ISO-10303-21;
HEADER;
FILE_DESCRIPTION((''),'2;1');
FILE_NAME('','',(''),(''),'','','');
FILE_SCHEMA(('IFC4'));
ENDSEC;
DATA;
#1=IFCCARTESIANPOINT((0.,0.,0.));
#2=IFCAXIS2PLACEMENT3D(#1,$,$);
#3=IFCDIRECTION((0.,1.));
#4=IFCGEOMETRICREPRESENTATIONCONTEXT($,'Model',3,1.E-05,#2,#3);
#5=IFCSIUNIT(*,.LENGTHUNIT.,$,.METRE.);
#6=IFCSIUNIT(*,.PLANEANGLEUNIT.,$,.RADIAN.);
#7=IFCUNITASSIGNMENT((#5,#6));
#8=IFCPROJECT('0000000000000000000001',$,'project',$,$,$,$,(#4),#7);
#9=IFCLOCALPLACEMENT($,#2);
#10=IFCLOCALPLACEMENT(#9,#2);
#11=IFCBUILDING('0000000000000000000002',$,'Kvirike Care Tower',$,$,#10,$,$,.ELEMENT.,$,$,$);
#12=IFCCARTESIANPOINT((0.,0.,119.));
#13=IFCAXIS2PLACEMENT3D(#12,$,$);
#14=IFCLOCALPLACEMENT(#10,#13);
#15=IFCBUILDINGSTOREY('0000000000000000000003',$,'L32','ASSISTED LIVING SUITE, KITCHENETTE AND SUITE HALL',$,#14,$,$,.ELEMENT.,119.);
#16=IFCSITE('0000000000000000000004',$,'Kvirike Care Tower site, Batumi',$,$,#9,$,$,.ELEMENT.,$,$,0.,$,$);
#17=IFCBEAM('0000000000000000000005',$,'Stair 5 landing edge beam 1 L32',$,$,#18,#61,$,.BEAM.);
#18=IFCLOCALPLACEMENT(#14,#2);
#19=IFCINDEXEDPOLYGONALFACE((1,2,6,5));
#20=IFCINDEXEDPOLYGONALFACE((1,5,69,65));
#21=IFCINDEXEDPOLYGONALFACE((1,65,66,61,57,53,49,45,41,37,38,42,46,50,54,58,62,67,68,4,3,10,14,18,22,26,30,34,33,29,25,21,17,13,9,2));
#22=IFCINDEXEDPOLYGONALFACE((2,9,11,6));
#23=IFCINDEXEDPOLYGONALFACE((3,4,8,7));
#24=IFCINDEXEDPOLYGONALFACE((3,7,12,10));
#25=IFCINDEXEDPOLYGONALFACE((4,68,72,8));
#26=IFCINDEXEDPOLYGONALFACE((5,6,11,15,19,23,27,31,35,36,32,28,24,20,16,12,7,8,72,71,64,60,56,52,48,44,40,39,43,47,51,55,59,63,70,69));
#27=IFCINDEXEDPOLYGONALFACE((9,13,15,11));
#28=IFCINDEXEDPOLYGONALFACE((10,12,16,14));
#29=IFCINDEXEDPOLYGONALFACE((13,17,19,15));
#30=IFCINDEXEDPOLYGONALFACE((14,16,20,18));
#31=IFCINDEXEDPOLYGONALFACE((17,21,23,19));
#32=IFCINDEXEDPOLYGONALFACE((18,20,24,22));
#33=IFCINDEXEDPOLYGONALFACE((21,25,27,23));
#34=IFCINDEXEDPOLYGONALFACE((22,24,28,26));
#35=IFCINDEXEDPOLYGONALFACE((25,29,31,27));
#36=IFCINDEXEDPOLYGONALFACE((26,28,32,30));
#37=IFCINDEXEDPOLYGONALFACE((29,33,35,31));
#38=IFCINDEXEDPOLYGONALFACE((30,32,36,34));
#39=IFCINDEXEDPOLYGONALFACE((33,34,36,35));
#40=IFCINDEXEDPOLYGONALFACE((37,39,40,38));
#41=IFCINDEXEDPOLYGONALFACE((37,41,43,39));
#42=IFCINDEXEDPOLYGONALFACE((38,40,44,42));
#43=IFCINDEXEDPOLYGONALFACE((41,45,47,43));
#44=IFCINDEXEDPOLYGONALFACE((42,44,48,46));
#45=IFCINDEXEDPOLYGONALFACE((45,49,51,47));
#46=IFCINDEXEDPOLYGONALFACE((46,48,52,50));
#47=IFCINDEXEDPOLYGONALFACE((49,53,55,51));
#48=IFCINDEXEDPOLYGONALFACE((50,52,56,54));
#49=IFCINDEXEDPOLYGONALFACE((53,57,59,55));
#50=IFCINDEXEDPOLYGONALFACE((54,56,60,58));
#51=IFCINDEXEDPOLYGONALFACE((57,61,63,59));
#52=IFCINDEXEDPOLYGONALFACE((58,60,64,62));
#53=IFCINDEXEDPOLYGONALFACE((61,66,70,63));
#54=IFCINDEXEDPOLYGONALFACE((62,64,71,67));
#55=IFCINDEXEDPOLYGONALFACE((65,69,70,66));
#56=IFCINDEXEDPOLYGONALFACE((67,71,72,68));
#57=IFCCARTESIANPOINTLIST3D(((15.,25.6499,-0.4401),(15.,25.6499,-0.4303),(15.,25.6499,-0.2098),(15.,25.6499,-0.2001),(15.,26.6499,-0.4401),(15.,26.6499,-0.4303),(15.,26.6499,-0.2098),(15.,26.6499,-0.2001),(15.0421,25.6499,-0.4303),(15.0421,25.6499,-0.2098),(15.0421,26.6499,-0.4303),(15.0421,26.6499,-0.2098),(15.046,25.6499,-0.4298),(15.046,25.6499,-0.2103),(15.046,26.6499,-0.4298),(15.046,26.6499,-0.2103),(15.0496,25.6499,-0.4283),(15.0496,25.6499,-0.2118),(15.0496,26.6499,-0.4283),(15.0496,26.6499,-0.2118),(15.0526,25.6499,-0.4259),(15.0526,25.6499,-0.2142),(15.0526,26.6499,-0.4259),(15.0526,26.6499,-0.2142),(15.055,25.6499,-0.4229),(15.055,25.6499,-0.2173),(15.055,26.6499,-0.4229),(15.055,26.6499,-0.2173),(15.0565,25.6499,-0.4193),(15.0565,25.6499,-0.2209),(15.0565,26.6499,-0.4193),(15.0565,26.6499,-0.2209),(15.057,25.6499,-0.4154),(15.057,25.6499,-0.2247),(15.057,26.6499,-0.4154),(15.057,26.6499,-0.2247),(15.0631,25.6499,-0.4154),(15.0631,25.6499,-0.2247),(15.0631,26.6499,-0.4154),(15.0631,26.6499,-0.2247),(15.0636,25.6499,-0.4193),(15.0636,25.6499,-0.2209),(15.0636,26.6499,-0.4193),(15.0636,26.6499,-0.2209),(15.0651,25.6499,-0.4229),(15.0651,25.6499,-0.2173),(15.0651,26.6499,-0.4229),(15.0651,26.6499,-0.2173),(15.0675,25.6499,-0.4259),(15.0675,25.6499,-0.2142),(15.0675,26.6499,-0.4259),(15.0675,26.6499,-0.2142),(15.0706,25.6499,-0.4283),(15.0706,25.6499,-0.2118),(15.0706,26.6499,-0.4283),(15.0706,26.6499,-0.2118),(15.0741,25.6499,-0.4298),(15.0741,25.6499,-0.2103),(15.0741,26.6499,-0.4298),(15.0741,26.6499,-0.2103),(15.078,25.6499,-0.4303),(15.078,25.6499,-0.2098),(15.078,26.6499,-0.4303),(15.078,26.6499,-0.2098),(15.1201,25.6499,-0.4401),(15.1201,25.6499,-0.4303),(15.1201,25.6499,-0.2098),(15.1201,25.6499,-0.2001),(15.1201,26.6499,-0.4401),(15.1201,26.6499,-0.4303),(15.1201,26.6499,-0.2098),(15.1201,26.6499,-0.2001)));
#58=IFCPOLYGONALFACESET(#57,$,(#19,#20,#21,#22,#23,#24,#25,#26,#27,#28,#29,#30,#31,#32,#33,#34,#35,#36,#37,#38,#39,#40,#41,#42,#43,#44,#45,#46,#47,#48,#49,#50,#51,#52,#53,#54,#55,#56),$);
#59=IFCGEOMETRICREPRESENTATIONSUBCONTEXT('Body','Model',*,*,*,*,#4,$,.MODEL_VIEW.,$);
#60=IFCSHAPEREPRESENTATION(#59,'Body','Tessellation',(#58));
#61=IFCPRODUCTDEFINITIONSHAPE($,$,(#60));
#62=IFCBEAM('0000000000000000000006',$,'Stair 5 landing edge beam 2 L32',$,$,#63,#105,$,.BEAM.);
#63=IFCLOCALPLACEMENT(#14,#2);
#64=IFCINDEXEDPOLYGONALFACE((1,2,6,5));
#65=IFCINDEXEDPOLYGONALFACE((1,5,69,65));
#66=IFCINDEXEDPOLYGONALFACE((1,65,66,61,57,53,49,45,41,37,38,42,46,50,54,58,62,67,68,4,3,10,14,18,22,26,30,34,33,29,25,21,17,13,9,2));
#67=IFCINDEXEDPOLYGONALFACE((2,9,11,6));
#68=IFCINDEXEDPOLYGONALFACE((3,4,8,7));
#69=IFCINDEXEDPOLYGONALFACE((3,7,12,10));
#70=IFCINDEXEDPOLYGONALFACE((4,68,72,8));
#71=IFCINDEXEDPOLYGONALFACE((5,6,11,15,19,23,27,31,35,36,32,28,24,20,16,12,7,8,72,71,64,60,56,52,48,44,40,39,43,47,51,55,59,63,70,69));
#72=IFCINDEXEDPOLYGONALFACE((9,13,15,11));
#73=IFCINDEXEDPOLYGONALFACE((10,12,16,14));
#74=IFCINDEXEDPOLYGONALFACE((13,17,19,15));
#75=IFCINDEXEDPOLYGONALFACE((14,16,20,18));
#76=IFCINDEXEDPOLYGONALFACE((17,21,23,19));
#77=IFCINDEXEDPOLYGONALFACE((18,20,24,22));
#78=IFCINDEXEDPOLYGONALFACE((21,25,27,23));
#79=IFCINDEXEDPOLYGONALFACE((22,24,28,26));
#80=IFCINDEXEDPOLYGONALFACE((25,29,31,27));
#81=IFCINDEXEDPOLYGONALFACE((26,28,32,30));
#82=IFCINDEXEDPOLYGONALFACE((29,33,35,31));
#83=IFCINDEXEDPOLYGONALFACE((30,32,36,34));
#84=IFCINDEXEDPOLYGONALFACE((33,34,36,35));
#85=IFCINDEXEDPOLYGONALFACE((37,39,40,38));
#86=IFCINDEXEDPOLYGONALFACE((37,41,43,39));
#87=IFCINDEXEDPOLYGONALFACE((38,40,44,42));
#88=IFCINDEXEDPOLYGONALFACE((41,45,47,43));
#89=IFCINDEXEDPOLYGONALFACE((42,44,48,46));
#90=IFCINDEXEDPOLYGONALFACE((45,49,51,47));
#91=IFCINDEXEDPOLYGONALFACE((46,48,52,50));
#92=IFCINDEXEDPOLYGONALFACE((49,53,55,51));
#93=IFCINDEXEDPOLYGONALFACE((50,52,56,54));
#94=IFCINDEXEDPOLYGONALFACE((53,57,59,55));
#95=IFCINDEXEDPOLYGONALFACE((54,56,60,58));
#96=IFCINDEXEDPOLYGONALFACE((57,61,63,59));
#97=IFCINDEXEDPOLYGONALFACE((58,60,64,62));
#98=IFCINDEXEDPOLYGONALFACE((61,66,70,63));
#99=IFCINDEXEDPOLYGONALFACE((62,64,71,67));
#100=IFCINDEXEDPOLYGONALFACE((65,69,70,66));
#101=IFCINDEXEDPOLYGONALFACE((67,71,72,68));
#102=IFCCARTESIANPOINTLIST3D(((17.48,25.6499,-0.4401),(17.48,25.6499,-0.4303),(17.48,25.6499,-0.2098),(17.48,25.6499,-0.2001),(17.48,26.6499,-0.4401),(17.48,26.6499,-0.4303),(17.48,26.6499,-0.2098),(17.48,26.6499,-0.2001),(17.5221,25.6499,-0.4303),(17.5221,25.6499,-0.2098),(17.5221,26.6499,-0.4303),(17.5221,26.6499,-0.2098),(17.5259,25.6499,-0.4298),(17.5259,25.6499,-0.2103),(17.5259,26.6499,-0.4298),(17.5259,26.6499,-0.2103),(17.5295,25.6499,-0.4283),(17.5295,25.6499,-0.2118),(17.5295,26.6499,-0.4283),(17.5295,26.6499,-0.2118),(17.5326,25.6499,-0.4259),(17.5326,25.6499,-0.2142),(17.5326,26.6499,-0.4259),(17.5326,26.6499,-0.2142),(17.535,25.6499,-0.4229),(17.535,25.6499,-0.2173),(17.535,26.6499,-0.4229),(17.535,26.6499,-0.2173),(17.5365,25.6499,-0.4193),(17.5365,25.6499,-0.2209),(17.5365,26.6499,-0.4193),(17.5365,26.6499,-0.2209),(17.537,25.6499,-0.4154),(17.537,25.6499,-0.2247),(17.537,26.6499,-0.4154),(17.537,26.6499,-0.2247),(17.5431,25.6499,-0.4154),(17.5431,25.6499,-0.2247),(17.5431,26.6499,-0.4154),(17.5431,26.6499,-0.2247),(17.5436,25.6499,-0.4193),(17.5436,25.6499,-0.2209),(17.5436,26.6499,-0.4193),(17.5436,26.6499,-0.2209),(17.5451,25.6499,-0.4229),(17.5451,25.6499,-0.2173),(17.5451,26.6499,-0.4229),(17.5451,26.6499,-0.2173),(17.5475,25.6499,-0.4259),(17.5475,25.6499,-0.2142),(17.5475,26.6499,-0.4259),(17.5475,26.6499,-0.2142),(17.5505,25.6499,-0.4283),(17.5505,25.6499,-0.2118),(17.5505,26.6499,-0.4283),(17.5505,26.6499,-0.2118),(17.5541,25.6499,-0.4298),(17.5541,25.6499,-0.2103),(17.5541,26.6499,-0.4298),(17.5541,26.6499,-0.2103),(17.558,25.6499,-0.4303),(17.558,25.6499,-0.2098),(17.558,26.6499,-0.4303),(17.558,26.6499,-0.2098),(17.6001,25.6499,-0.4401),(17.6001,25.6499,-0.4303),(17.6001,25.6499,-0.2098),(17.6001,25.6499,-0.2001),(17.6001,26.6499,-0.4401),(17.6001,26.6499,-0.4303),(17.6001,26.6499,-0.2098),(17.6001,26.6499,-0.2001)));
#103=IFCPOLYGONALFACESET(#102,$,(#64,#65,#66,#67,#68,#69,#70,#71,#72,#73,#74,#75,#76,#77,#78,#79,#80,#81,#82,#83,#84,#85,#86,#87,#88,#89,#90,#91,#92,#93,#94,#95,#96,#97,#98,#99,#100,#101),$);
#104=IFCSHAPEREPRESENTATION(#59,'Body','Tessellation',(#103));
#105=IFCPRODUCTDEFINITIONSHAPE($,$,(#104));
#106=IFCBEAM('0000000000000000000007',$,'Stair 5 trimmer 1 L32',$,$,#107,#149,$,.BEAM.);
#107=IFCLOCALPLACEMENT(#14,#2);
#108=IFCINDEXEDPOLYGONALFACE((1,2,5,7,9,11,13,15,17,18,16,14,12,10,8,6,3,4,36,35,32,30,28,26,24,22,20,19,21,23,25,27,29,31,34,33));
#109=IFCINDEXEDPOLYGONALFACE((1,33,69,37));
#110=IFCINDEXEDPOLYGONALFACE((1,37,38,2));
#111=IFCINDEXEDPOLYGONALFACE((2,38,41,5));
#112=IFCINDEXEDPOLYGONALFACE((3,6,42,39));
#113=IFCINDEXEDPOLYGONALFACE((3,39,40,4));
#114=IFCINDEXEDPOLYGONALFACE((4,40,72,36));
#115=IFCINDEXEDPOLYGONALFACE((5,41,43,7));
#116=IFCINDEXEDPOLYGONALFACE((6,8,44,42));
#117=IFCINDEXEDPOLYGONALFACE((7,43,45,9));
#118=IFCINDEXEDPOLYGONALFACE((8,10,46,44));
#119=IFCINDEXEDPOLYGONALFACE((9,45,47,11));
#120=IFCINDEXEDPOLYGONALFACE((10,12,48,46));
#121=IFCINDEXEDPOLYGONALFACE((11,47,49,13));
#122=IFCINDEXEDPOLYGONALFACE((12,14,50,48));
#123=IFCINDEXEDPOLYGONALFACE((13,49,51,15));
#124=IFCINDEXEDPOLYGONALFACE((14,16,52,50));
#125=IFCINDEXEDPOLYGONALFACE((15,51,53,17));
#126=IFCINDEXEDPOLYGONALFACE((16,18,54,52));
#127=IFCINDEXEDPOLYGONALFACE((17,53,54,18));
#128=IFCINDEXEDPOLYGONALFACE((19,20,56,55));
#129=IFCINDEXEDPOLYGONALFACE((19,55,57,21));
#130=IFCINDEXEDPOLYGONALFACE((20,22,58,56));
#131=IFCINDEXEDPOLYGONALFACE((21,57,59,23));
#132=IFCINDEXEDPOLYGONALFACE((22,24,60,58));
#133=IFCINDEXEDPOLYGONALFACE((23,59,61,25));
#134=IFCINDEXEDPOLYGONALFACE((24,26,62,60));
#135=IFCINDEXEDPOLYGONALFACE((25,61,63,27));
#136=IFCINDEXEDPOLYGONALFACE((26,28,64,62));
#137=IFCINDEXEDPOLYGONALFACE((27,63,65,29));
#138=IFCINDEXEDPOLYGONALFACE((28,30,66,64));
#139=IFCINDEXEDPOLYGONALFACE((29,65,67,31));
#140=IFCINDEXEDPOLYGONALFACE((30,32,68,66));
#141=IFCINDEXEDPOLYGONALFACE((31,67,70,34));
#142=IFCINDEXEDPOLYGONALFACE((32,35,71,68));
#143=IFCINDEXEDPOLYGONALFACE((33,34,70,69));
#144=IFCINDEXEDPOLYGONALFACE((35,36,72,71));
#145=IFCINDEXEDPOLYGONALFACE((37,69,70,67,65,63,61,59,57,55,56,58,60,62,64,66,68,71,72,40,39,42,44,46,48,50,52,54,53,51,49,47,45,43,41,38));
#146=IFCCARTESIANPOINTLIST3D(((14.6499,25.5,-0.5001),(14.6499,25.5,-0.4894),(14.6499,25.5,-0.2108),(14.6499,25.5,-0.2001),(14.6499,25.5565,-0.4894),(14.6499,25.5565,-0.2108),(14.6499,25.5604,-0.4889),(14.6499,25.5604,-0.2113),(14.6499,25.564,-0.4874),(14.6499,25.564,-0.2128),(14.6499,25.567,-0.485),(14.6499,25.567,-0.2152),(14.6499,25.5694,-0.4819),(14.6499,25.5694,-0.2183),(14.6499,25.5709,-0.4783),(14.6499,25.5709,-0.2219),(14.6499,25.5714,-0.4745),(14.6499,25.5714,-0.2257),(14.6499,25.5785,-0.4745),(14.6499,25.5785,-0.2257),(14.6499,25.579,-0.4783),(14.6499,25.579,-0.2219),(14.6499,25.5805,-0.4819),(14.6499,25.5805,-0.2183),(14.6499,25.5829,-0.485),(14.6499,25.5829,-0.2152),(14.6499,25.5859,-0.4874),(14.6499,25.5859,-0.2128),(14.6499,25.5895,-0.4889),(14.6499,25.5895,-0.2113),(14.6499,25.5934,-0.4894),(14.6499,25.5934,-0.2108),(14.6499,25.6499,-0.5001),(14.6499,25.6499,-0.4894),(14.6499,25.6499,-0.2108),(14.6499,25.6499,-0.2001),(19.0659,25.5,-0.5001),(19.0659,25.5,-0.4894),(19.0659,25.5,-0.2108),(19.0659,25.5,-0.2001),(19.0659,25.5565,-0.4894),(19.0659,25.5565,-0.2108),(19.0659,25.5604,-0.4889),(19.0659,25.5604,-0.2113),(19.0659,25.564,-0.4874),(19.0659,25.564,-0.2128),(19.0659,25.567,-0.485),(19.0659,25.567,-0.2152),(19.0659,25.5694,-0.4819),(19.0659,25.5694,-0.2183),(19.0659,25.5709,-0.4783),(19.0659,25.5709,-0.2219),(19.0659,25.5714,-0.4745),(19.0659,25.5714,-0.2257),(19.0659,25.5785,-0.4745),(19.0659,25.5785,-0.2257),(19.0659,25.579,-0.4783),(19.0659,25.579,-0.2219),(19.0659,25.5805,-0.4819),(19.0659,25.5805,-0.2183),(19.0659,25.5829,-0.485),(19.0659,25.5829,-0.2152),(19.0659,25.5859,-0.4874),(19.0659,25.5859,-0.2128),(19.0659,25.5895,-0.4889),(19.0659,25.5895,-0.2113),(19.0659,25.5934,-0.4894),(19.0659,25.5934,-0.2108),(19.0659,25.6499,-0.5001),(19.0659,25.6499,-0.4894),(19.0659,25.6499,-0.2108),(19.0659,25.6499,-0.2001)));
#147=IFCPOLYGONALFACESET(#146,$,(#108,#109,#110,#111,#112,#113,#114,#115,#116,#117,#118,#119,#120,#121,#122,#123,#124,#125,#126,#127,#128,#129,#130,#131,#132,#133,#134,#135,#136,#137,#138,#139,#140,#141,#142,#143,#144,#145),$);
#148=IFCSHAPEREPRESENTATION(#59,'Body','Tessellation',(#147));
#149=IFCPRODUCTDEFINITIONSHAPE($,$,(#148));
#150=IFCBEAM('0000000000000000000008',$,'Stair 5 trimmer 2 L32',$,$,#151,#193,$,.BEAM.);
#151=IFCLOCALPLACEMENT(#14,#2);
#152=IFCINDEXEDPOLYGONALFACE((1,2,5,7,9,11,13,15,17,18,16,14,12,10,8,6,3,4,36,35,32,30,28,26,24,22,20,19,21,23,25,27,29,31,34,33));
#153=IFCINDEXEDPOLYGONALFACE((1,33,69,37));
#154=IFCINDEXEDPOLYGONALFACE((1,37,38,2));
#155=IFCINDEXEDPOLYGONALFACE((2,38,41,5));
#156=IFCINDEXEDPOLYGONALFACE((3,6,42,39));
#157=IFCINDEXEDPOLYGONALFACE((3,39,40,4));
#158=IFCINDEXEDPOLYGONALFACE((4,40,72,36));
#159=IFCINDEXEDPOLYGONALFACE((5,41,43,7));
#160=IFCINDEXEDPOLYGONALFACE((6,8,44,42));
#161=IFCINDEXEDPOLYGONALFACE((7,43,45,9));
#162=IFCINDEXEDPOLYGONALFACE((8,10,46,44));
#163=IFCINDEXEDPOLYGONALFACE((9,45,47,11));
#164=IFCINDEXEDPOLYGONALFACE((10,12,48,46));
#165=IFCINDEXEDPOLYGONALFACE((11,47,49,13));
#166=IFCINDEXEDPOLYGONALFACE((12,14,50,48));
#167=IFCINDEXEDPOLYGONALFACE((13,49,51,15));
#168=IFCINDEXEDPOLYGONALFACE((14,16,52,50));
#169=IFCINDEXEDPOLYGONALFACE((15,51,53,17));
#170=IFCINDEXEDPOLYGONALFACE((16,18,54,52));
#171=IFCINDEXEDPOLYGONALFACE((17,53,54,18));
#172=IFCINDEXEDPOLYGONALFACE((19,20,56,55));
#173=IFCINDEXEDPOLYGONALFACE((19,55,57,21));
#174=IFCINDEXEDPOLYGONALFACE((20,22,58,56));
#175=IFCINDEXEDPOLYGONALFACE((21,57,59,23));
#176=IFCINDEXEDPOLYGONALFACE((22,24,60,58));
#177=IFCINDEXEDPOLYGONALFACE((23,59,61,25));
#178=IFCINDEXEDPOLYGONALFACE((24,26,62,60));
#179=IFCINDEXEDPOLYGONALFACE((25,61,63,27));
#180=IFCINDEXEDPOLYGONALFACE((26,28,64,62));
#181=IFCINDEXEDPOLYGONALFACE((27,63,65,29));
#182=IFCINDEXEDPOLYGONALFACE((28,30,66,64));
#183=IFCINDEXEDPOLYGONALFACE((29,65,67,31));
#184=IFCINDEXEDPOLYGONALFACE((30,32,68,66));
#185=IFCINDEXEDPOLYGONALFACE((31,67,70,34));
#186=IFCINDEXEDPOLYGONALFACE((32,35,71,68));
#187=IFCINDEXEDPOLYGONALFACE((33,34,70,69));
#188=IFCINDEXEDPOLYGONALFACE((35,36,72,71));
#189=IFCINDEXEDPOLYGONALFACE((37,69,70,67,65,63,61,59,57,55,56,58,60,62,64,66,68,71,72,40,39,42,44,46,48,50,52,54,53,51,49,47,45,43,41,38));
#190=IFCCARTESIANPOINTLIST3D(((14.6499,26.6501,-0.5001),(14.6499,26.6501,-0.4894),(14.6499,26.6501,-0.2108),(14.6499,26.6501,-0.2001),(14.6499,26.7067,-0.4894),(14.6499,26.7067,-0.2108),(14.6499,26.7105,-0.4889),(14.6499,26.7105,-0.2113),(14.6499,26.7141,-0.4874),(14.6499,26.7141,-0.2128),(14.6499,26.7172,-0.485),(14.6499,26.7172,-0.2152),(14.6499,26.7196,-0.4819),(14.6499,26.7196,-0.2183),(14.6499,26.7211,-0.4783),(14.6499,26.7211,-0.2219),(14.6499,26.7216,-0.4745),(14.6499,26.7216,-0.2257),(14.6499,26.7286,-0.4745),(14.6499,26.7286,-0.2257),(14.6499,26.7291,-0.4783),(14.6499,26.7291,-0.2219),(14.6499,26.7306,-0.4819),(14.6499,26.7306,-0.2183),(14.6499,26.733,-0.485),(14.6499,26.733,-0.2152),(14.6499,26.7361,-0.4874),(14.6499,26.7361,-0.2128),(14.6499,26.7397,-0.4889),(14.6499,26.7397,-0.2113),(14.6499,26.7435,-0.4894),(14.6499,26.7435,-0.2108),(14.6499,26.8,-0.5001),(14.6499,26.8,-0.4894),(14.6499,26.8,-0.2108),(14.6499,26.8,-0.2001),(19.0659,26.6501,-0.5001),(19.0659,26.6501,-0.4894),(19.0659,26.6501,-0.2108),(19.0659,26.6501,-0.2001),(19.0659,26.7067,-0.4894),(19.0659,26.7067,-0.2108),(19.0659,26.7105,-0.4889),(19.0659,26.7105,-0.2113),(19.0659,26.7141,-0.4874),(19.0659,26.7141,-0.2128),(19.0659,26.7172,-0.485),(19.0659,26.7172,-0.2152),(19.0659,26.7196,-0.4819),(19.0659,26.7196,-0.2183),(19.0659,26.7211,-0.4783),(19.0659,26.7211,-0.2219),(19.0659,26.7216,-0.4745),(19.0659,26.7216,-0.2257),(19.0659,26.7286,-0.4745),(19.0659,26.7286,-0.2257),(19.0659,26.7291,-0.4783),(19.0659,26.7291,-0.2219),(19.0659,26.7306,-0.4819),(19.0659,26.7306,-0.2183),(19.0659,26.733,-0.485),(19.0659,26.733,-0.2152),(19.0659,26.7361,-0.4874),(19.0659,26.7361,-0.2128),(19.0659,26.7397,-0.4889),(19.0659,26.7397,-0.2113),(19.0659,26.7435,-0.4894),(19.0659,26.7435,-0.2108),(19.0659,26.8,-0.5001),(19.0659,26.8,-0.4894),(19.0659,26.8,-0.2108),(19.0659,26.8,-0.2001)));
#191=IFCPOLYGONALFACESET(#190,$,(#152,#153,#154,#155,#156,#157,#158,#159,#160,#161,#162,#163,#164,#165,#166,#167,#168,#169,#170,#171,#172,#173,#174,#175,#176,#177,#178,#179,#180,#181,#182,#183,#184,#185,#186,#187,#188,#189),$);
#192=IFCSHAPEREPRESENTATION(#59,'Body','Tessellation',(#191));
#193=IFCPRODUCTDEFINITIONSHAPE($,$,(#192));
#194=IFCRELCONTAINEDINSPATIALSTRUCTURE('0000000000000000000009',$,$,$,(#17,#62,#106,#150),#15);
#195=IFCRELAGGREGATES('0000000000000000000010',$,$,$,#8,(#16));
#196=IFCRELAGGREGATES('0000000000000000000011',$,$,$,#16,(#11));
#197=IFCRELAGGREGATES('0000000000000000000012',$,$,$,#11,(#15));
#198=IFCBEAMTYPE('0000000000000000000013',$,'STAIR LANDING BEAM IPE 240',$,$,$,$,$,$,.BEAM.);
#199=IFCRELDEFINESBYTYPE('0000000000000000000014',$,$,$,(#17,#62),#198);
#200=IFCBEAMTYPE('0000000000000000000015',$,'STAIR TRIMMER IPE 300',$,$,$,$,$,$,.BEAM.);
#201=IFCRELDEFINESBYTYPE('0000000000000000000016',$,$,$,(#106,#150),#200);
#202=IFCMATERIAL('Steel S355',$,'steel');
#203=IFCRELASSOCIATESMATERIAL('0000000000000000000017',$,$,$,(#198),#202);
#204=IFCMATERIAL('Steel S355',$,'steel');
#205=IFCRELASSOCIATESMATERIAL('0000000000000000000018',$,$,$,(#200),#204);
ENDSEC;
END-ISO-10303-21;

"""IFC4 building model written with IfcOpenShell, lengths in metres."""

from ifc_helpers import new_model, si_unit, direction, frame, origin, origin_2d, place, context, subcontext, project, spatial, i_section, extrude, material, material_profile, profile_set, type_object, element, save


model = new_model("IFC4")

# Units and contexts
model_context = context("Model", 3, precision=1e-05, world=origin(), true_north=direction((0.0, 1.0)))
body_context = subcontext(model_context, "Body", "Model", "MODEL_VIEW")
ifc_project = project(units=[si_unit("LENGTHUNIT", "METRE"), si_unit("PLANEANGLEUNIT", "RADIAN")], contexts=[model_context])

# Site, building, storey
site_placement = place(None, origin())
site = spatial("IfcSite", under=ifc_project, at=site_placement, Name="Kvirike Care Tower site, Batumi", CompositionType="ELEMENT", RefElevation=0.0)
building_placement = place(site_placement, origin())
building = spatial("IfcBuilding", under=site, at=building_placement, Name="Kvirike Care Tower", CompositionType="ELEMENT")
storey_placement = place(building_placement, frame((0.0, 0.0, 119.0)))
storey = spatial("IfcBuildingStorey", under=building, at=storey_placement, Name="L32", Description="ASSISTED LIVING SUITE, KITCHENETTE AND SUITE HALL", CompositionType="ELEMENT", Elevation=119.0)

# Beams
ifc_material_1 = material(Name="Steel S355", Category="steel")
ifc_material_profile_1 = material_profile(ifc_material_1, i_section(OverallWidth=0.1201, OverallDepth=0.24, WebThickness=0.0061, FlangeThickness=0.0098, FilletRadius=0.0149, at=origin_2d()), Name="IPE 240")
ifc_profile_set_1 = profile_set([ifc_material_profile_1], Name="Steel S355")
beam_type_1 = type_object("IfcBeamType", Name="STAIR LANDING BEAM IPE 240", PredefinedType="BEAM", material=ifc_profile_set_1)
for number, where, z_axis, x_axis, name in (
    (1, (15.0601, 25.6499, -0.3201), (0.0, 1.0, 0.0), (-1.0, 0.0, 0.0), "Stair 5 landing edge beam 1 L32"),
    (2, (17.54, 25.6499, -0.3201), (0.0, 1.0, 0.0), (-1.0, 0.0, 0.0), "Stair 5 landing edge beam 2 L32"),
):
    element("IfcBeam", number, at=place(storey_placement, frame(where, z_axis=z_axis, x_axis=x_axis)), inside=storey, type_object=beam_type_1, Name=name, PredefinedType="BEAM", context=body_context, shape_type="SweptSolid", body=[
        extrude(i_section(OverallWidth=0.1201, OverallDepth=0.24, WebThickness=0.0061, FlangeThickness=0.0098, FilletRadius=0.0149, at=origin_2d()), origin(), (0.0, 0.0, 1.0), 1.0),
    ])
ifc_material_2 = material(Name="Steel S355", Category="steel")
ifc_material_profile_2 = material_profile(ifc_material_2, i_section(OverallWidth=0.1499, OverallDepth=0.3, WebThickness=0.0071, FlangeThickness=0.0107, FilletRadius=0.0149, at=origin_2d()), Name="IPE 300")
ifc_profile_set_2 = profile_set([ifc_material_profile_2], Name="Steel S355")
beam_type_2 = type_object("IfcBeamType", Name="STAIR TRIMMER IPE 300", PredefinedType="BEAM", material=ifc_profile_set_2)
for number, where, z_axis, x_axis, name in (
    (3, (14.6499, 25.575, -0.3501), (1.0, 0.0, 0.0), (0.0, 1.0, 0.0), "Stair 5 trimmer 1 L32"),
    (4, (14.6499, 26.7251, -0.3501), (1.0, 0.0, 0.0), (0.0, 1.0, 0.0), "Stair 5 trimmer 2 L32"),
):
    element("IfcBeam", number, at=place(storey_placement, frame(where, z_axis=z_axis, x_axis=x_axis)), inside=storey, type_object=beam_type_2, Name=name, PredefinedType="BEAM", context=body_context, shape_type="SweptSolid", body=[
        extrude(i_section(OverallWidth=0.1499, OverallDepth=0.3, WebThickness=0.0071, FlangeThickness=0.0107, FilletRadius=0.0149, at=origin_2d()), origin(), (0.0, 0.0, 1.0), 4.416),
    ])

save(model, "model.ifc")
